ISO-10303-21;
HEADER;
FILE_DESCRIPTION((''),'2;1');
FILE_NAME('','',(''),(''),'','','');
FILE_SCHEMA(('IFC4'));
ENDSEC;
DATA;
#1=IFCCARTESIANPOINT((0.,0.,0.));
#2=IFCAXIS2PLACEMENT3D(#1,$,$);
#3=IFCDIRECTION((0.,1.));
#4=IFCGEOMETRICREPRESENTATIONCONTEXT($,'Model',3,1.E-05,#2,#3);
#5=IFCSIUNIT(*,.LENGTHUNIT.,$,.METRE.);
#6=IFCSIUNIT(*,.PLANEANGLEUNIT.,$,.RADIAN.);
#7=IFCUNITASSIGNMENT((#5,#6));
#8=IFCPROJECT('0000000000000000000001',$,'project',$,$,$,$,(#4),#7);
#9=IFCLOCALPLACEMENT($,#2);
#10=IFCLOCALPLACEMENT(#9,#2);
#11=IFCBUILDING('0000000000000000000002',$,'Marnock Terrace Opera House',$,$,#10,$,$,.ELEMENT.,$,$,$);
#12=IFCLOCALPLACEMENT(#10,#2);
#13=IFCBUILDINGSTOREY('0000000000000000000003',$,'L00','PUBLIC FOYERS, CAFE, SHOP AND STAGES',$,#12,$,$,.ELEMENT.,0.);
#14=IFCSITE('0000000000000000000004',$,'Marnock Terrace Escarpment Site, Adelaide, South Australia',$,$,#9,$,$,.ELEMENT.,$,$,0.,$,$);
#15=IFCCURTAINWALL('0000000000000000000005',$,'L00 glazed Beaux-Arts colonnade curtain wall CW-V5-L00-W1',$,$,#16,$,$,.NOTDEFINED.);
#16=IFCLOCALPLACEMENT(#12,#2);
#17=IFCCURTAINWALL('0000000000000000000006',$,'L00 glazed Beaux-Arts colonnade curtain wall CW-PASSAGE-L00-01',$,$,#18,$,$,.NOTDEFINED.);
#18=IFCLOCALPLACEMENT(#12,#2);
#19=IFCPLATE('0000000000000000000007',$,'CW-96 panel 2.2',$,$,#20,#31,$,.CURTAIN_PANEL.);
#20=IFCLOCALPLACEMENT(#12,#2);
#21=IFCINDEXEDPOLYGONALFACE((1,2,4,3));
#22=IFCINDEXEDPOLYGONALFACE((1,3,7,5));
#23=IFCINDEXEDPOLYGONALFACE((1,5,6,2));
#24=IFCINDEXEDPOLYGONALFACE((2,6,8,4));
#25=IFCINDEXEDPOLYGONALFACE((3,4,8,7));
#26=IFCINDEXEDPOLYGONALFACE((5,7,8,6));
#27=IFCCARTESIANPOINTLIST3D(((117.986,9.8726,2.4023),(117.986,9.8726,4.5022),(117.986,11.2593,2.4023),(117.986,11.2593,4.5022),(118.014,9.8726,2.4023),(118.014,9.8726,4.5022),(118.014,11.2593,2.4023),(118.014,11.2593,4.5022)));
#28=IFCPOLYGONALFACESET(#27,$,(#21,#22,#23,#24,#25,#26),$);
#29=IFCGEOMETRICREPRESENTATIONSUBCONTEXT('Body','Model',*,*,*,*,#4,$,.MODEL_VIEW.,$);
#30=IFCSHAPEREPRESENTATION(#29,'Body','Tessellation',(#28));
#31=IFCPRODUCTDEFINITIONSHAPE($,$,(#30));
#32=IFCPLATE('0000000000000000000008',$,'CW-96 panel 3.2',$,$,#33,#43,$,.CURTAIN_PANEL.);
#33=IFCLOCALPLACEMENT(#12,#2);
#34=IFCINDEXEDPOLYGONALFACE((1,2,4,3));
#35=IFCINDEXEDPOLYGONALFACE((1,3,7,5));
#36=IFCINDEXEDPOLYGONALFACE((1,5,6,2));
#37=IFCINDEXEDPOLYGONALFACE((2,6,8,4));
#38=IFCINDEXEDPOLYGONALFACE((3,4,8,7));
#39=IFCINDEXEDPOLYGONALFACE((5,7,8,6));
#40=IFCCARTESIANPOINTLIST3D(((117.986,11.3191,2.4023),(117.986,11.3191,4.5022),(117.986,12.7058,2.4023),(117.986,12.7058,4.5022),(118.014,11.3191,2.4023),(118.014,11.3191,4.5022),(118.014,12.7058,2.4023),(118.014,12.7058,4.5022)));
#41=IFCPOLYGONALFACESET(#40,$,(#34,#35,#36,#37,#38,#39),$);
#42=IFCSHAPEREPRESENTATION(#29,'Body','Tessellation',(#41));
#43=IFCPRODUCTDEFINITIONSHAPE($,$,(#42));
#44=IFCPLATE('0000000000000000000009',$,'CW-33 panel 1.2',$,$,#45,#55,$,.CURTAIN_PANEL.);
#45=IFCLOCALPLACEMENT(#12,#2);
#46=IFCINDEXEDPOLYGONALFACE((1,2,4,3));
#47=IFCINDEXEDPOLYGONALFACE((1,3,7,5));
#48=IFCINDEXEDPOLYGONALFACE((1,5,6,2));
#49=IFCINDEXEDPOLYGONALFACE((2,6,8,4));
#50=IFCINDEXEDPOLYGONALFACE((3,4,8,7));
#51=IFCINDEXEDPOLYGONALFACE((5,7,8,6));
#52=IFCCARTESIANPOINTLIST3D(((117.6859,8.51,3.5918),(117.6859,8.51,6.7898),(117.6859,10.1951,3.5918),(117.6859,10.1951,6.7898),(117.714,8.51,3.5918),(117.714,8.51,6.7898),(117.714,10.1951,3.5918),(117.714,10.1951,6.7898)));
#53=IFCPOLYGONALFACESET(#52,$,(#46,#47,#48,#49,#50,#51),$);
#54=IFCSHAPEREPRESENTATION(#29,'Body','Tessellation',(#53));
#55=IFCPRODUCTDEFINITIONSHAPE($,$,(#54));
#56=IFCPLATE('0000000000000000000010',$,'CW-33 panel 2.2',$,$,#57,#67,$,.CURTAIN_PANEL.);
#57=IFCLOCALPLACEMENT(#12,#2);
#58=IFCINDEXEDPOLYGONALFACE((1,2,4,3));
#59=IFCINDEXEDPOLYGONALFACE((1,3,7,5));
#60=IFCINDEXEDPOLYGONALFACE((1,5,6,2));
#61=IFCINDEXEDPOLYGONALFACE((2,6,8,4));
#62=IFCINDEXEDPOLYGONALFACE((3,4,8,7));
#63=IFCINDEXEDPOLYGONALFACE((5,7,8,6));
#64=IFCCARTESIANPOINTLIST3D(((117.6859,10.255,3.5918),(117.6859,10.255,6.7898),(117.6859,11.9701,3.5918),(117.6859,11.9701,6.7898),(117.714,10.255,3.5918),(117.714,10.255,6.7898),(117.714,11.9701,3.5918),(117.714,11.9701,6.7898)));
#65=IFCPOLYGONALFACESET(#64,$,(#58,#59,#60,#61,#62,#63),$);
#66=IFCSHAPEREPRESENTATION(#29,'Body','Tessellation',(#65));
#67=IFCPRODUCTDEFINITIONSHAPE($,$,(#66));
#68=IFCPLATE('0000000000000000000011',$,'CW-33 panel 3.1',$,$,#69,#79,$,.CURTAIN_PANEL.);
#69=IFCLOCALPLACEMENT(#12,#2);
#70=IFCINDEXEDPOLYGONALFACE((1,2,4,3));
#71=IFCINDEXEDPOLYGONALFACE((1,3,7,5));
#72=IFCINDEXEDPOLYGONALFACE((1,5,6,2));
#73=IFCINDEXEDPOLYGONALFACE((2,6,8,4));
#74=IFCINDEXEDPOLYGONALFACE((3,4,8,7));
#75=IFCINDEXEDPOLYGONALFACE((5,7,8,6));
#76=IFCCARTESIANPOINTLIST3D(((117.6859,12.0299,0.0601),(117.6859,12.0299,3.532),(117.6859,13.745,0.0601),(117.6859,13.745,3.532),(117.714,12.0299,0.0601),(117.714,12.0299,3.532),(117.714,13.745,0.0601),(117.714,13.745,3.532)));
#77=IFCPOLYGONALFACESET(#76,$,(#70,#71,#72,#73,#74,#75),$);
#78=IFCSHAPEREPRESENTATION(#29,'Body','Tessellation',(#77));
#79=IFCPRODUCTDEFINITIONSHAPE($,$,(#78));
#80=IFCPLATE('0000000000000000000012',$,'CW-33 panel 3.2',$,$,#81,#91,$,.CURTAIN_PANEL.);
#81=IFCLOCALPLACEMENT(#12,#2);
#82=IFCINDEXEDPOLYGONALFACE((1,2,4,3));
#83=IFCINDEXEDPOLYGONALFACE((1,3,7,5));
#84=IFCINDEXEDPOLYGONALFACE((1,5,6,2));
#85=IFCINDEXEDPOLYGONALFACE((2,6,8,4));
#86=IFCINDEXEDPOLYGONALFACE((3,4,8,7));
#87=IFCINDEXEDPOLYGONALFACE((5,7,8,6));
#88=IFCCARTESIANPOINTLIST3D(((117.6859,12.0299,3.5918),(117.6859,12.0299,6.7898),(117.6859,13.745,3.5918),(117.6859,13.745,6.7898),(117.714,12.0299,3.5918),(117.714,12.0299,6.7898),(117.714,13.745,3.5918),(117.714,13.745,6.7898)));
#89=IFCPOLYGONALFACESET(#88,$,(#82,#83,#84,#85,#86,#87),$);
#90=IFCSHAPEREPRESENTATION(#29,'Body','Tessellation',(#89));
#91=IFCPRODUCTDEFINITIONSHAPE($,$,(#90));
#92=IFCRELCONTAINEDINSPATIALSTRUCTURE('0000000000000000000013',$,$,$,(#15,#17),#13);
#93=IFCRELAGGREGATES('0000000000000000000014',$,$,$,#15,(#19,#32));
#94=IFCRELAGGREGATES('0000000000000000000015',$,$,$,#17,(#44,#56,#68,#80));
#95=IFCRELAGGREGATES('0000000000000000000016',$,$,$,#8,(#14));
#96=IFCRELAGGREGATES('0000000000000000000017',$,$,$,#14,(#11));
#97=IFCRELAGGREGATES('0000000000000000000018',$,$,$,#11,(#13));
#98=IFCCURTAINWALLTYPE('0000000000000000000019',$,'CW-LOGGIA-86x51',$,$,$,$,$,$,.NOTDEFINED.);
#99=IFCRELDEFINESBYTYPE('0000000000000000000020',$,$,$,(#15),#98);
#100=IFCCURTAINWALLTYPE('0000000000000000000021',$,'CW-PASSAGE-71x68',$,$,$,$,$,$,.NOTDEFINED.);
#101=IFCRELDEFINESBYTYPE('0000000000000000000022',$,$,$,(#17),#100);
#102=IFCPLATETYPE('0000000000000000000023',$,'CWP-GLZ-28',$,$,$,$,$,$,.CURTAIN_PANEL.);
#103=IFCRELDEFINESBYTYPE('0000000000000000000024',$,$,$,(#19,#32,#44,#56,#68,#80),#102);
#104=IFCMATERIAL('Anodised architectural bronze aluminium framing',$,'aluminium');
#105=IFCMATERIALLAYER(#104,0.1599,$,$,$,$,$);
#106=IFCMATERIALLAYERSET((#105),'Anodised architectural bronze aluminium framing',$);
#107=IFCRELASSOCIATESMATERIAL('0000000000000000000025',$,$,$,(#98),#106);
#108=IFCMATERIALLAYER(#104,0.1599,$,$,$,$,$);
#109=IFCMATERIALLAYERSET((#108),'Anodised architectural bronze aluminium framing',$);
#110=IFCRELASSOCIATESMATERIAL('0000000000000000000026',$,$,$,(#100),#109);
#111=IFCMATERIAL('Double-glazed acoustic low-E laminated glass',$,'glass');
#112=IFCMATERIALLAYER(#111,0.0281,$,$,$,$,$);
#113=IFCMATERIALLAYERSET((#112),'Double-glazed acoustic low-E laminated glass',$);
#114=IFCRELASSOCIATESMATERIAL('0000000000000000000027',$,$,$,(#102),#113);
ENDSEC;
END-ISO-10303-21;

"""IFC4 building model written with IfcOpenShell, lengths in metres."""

from ifc_helpers import new_model, si_unit, direction, frame, origin, origin_2d, place, context, subcontext, project, spatial, rectangle, extrude, material, layer, layer_set, type_object, element, aggregate, save


model = new_model("IFC4")

# Units and contexts
model_context = context("Model", 3, precision=1e-05, world=origin(), true_north=direction((0.0, 1.0)))
body_context = subcontext(model_context, "Body", "Model", "MODEL_VIEW")
ifc_project = project(units=[si_unit("LENGTHUNIT", "METRE"), si_unit("PLANEANGLEUNIT", "RADIAN")], contexts=[model_context])

# Site, building, storey
site_placement = place(None, origin())
site = spatial("IfcSite", under=ifc_project, at=site_placement, Name="Marnock Terrace Escarpment Site, Adelaide, South Australia", CompositionType="ELEMENT", RefElevation=0.0)
building_placement = place(site_placement, origin())
building = spatial("IfcBuilding", under=site, at=building_placement, Name="Marnock Terrace Opera House", CompositionType="ELEMENT")
storey_placement = place(building_placement, origin())
storey = spatial("IfcBuildingStorey", under=building, at=storey_placement, Name="L00", Description="PUBLIC FOYERS, CAFE, SHOP AND STAGES", CompositionType="ELEMENT", Elevation=0.0)

# Curtain walls
ifc_material_1 = material(Name="Anodised architectural bronze aluminium framing", Category="aluminium")
ifc_layer_1 = layer(ifc_material_1, 0.1599)
ifc_layer_set_1 = layer_set([ifc_layer_1], Name="Anodised architectural bronze aluminium framing")
curtain_wall_type_1 = type_object("IfcCurtainWallType", Name="CW-LOGGIA-86x51", PredefinedType="NOTDEFINED", material=ifc_layer_set_1)
curtain_wall_1_placement = place(storey_placement, origin())
curtain_wall_1 = element("IfcCurtainWall", 1, at=curtain_wall_1_placement, inside=storey, type_object=curtain_wall_type_1, Name="L00 glazed Beaux-Arts colonnade curtain wall CW-V5-L00-W1", PredefinedType="NOTDEFINED")
ifc_layer_2 = layer(ifc_material_1, 0.1599)
ifc_layer_set_2 = layer_set([ifc_layer_2], Name="Anodised architectural bronze aluminium framing")
curtain_wall_type_2 = type_object("IfcCurtainWallType", Name="CW-PASSAGE-71x68", PredefinedType="NOTDEFINED", material=ifc_layer_set_2)
curtain_wall_2_placement = place(storey_placement, origin())
curtain_wall_2 = element("IfcCurtainWall", 2, at=curtain_wall_2_placement, inside=storey, type_object=curtain_wall_type_2, Name="L00 glazed Beaux-Arts colonnade curtain wall CW-PASSAGE-L00-01", PredefinedType="NOTDEFINED")

# Plates
ifc_material_2 = material(Name="Double-glazed acoustic low-E laminated glass", Category="glass")
ifc_layer_3 = layer(ifc_material_2, 0.0281)
ifc_layer_set_3 = layer_set([ifc_layer_3], Name="Double-glazed acoustic low-E laminated glass")
plate_type = type_object("IfcPlateType", Name="CWP-GLZ-28", PredefinedType="CURTAIN_PANEL", material=ifc_layer_set_3)
plate_1_placement = place(storey_placement, frame((118.0, 10.5659, 2.4023), z_axis=(0.0, 0.0, 1.0), x_axis=(0.0, 1.0, 0.0)))
plate_1 = element("IfcPlate", 3, at=plate_1_placement, type_object=plate_type, Name="CW-96 panel 2.2", PredefinedType="CURTAIN_PANEL", context=body_context, shape_type="SweptSolid", body=[
    extrude(rectangle(XDim=1.3867, YDim=0.0281, at=origin_2d()), origin(), (0.0, 0.0, 1.0), 2.0999),
])
plate_2_placement = place(storey_placement, frame((118.0, 12.0125, 2.4023), z_axis=(0.0, 0.0, 1.0), x_axis=(0.0, 1.0, 0.0)))
plate_2 = element("IfcPlate", 4, at=plate_2_placement, type_object=plate_type, Name="CW-96 panel 3.2", PredefinedType="CURTAIN_PANEL", context=body_context, shape_type="SweptSolid", body=[
    extrude(rectangle(XDim=1.3867, YDim=0.0281, at=origin_2d()), origin(), (0.0, 0.0, 1.0), 2.0999),
])
aggregate(curtain_wall_1, [plate_1, plate_2])
plate_3_placement = place(storey_placement, frame((117.7, 9.3525, 3.5918), z_axis=(0.0, 0.0, 1.0), x_axis=(0.0, 1.0, 0.0)))
plate_3 = element("IfcPlate", 5, at=plate_3_placement, type_object=plate_type, Name="CW-33 panel 1.2", PredefinedType="CURTAIN_PANEL", context=body_context, shape_type="SweptSolid", body=[
    extrude(rectangle(XDim=1.6851, YDim=0.0281, at=origin_2d()), origin(), (0.0, 0.0, 1.0), 3.198),
])
plate_4_placement = place(storey_placement, frame((117.7, 11.1125, 3.5918), z_axis=(0.0, 0.0, 1.0), x_axis=(0.0, 1.0, 0.0)))
plate_4 = element("IfcPlate", 6, at=plate_4_placement, type_object=plate_type, Name="CW-33 panel 2.2", PredefinedType="CURTAIN_PANEL", context=body_context, shape_type="SweptSolid", body=[
    extrude(rectangle(XDim=1.7151, YDim=0.0281, at=origin_2d()), origin(), (0.0, 0.0, 1.0), 3.198),
])
plate_5_placement = place(storey_placement, frame((117.7, 12.8875, 0.0601), z_axis=(0.0, 0.0, 1.0), x_axis=(0.0, 1.0, 0.0)))
plate_5 = element("IfcPlate", 7, at=plate_5_placement, type_object=plate_type, Name="CW-33 panel 3.1", PredefinedType="CURTAIN_PANEL", context=body_context, shape_type="SweptSolid", body=[
    extrude(rectangle(XDim=1.7151, YDim=0.0281, at=origin_2d()), origin(), (0.0, 0.0, 1.0), 3.4719),
])
plate_6_placement = place(storey_placement, frame((117.7, 12.8875, 3.5918), z_axis=(0.0, 0.0, 1.0), x_axis=(0.0, 1.0, 0.0)))
plate_6 = element("IfcPlate", 8, at=plate_6_placement, type_object=plate_type, Name="CW-33 panel 3.2", PredefinedType="CURTAIN_PANEL", context=body_context, shape_type="SweptSolid", body=[
    extrude(rectangle(XDim=1.7151, YDim=0.0281, at=origin_2d()), origin(), (0.0, 0.0, 1.0), 3.198),
])
aggregate(curtain_wall_2, [plate_3, plate_4, plate_5, plate_6])

save(model, "model.ifc")
